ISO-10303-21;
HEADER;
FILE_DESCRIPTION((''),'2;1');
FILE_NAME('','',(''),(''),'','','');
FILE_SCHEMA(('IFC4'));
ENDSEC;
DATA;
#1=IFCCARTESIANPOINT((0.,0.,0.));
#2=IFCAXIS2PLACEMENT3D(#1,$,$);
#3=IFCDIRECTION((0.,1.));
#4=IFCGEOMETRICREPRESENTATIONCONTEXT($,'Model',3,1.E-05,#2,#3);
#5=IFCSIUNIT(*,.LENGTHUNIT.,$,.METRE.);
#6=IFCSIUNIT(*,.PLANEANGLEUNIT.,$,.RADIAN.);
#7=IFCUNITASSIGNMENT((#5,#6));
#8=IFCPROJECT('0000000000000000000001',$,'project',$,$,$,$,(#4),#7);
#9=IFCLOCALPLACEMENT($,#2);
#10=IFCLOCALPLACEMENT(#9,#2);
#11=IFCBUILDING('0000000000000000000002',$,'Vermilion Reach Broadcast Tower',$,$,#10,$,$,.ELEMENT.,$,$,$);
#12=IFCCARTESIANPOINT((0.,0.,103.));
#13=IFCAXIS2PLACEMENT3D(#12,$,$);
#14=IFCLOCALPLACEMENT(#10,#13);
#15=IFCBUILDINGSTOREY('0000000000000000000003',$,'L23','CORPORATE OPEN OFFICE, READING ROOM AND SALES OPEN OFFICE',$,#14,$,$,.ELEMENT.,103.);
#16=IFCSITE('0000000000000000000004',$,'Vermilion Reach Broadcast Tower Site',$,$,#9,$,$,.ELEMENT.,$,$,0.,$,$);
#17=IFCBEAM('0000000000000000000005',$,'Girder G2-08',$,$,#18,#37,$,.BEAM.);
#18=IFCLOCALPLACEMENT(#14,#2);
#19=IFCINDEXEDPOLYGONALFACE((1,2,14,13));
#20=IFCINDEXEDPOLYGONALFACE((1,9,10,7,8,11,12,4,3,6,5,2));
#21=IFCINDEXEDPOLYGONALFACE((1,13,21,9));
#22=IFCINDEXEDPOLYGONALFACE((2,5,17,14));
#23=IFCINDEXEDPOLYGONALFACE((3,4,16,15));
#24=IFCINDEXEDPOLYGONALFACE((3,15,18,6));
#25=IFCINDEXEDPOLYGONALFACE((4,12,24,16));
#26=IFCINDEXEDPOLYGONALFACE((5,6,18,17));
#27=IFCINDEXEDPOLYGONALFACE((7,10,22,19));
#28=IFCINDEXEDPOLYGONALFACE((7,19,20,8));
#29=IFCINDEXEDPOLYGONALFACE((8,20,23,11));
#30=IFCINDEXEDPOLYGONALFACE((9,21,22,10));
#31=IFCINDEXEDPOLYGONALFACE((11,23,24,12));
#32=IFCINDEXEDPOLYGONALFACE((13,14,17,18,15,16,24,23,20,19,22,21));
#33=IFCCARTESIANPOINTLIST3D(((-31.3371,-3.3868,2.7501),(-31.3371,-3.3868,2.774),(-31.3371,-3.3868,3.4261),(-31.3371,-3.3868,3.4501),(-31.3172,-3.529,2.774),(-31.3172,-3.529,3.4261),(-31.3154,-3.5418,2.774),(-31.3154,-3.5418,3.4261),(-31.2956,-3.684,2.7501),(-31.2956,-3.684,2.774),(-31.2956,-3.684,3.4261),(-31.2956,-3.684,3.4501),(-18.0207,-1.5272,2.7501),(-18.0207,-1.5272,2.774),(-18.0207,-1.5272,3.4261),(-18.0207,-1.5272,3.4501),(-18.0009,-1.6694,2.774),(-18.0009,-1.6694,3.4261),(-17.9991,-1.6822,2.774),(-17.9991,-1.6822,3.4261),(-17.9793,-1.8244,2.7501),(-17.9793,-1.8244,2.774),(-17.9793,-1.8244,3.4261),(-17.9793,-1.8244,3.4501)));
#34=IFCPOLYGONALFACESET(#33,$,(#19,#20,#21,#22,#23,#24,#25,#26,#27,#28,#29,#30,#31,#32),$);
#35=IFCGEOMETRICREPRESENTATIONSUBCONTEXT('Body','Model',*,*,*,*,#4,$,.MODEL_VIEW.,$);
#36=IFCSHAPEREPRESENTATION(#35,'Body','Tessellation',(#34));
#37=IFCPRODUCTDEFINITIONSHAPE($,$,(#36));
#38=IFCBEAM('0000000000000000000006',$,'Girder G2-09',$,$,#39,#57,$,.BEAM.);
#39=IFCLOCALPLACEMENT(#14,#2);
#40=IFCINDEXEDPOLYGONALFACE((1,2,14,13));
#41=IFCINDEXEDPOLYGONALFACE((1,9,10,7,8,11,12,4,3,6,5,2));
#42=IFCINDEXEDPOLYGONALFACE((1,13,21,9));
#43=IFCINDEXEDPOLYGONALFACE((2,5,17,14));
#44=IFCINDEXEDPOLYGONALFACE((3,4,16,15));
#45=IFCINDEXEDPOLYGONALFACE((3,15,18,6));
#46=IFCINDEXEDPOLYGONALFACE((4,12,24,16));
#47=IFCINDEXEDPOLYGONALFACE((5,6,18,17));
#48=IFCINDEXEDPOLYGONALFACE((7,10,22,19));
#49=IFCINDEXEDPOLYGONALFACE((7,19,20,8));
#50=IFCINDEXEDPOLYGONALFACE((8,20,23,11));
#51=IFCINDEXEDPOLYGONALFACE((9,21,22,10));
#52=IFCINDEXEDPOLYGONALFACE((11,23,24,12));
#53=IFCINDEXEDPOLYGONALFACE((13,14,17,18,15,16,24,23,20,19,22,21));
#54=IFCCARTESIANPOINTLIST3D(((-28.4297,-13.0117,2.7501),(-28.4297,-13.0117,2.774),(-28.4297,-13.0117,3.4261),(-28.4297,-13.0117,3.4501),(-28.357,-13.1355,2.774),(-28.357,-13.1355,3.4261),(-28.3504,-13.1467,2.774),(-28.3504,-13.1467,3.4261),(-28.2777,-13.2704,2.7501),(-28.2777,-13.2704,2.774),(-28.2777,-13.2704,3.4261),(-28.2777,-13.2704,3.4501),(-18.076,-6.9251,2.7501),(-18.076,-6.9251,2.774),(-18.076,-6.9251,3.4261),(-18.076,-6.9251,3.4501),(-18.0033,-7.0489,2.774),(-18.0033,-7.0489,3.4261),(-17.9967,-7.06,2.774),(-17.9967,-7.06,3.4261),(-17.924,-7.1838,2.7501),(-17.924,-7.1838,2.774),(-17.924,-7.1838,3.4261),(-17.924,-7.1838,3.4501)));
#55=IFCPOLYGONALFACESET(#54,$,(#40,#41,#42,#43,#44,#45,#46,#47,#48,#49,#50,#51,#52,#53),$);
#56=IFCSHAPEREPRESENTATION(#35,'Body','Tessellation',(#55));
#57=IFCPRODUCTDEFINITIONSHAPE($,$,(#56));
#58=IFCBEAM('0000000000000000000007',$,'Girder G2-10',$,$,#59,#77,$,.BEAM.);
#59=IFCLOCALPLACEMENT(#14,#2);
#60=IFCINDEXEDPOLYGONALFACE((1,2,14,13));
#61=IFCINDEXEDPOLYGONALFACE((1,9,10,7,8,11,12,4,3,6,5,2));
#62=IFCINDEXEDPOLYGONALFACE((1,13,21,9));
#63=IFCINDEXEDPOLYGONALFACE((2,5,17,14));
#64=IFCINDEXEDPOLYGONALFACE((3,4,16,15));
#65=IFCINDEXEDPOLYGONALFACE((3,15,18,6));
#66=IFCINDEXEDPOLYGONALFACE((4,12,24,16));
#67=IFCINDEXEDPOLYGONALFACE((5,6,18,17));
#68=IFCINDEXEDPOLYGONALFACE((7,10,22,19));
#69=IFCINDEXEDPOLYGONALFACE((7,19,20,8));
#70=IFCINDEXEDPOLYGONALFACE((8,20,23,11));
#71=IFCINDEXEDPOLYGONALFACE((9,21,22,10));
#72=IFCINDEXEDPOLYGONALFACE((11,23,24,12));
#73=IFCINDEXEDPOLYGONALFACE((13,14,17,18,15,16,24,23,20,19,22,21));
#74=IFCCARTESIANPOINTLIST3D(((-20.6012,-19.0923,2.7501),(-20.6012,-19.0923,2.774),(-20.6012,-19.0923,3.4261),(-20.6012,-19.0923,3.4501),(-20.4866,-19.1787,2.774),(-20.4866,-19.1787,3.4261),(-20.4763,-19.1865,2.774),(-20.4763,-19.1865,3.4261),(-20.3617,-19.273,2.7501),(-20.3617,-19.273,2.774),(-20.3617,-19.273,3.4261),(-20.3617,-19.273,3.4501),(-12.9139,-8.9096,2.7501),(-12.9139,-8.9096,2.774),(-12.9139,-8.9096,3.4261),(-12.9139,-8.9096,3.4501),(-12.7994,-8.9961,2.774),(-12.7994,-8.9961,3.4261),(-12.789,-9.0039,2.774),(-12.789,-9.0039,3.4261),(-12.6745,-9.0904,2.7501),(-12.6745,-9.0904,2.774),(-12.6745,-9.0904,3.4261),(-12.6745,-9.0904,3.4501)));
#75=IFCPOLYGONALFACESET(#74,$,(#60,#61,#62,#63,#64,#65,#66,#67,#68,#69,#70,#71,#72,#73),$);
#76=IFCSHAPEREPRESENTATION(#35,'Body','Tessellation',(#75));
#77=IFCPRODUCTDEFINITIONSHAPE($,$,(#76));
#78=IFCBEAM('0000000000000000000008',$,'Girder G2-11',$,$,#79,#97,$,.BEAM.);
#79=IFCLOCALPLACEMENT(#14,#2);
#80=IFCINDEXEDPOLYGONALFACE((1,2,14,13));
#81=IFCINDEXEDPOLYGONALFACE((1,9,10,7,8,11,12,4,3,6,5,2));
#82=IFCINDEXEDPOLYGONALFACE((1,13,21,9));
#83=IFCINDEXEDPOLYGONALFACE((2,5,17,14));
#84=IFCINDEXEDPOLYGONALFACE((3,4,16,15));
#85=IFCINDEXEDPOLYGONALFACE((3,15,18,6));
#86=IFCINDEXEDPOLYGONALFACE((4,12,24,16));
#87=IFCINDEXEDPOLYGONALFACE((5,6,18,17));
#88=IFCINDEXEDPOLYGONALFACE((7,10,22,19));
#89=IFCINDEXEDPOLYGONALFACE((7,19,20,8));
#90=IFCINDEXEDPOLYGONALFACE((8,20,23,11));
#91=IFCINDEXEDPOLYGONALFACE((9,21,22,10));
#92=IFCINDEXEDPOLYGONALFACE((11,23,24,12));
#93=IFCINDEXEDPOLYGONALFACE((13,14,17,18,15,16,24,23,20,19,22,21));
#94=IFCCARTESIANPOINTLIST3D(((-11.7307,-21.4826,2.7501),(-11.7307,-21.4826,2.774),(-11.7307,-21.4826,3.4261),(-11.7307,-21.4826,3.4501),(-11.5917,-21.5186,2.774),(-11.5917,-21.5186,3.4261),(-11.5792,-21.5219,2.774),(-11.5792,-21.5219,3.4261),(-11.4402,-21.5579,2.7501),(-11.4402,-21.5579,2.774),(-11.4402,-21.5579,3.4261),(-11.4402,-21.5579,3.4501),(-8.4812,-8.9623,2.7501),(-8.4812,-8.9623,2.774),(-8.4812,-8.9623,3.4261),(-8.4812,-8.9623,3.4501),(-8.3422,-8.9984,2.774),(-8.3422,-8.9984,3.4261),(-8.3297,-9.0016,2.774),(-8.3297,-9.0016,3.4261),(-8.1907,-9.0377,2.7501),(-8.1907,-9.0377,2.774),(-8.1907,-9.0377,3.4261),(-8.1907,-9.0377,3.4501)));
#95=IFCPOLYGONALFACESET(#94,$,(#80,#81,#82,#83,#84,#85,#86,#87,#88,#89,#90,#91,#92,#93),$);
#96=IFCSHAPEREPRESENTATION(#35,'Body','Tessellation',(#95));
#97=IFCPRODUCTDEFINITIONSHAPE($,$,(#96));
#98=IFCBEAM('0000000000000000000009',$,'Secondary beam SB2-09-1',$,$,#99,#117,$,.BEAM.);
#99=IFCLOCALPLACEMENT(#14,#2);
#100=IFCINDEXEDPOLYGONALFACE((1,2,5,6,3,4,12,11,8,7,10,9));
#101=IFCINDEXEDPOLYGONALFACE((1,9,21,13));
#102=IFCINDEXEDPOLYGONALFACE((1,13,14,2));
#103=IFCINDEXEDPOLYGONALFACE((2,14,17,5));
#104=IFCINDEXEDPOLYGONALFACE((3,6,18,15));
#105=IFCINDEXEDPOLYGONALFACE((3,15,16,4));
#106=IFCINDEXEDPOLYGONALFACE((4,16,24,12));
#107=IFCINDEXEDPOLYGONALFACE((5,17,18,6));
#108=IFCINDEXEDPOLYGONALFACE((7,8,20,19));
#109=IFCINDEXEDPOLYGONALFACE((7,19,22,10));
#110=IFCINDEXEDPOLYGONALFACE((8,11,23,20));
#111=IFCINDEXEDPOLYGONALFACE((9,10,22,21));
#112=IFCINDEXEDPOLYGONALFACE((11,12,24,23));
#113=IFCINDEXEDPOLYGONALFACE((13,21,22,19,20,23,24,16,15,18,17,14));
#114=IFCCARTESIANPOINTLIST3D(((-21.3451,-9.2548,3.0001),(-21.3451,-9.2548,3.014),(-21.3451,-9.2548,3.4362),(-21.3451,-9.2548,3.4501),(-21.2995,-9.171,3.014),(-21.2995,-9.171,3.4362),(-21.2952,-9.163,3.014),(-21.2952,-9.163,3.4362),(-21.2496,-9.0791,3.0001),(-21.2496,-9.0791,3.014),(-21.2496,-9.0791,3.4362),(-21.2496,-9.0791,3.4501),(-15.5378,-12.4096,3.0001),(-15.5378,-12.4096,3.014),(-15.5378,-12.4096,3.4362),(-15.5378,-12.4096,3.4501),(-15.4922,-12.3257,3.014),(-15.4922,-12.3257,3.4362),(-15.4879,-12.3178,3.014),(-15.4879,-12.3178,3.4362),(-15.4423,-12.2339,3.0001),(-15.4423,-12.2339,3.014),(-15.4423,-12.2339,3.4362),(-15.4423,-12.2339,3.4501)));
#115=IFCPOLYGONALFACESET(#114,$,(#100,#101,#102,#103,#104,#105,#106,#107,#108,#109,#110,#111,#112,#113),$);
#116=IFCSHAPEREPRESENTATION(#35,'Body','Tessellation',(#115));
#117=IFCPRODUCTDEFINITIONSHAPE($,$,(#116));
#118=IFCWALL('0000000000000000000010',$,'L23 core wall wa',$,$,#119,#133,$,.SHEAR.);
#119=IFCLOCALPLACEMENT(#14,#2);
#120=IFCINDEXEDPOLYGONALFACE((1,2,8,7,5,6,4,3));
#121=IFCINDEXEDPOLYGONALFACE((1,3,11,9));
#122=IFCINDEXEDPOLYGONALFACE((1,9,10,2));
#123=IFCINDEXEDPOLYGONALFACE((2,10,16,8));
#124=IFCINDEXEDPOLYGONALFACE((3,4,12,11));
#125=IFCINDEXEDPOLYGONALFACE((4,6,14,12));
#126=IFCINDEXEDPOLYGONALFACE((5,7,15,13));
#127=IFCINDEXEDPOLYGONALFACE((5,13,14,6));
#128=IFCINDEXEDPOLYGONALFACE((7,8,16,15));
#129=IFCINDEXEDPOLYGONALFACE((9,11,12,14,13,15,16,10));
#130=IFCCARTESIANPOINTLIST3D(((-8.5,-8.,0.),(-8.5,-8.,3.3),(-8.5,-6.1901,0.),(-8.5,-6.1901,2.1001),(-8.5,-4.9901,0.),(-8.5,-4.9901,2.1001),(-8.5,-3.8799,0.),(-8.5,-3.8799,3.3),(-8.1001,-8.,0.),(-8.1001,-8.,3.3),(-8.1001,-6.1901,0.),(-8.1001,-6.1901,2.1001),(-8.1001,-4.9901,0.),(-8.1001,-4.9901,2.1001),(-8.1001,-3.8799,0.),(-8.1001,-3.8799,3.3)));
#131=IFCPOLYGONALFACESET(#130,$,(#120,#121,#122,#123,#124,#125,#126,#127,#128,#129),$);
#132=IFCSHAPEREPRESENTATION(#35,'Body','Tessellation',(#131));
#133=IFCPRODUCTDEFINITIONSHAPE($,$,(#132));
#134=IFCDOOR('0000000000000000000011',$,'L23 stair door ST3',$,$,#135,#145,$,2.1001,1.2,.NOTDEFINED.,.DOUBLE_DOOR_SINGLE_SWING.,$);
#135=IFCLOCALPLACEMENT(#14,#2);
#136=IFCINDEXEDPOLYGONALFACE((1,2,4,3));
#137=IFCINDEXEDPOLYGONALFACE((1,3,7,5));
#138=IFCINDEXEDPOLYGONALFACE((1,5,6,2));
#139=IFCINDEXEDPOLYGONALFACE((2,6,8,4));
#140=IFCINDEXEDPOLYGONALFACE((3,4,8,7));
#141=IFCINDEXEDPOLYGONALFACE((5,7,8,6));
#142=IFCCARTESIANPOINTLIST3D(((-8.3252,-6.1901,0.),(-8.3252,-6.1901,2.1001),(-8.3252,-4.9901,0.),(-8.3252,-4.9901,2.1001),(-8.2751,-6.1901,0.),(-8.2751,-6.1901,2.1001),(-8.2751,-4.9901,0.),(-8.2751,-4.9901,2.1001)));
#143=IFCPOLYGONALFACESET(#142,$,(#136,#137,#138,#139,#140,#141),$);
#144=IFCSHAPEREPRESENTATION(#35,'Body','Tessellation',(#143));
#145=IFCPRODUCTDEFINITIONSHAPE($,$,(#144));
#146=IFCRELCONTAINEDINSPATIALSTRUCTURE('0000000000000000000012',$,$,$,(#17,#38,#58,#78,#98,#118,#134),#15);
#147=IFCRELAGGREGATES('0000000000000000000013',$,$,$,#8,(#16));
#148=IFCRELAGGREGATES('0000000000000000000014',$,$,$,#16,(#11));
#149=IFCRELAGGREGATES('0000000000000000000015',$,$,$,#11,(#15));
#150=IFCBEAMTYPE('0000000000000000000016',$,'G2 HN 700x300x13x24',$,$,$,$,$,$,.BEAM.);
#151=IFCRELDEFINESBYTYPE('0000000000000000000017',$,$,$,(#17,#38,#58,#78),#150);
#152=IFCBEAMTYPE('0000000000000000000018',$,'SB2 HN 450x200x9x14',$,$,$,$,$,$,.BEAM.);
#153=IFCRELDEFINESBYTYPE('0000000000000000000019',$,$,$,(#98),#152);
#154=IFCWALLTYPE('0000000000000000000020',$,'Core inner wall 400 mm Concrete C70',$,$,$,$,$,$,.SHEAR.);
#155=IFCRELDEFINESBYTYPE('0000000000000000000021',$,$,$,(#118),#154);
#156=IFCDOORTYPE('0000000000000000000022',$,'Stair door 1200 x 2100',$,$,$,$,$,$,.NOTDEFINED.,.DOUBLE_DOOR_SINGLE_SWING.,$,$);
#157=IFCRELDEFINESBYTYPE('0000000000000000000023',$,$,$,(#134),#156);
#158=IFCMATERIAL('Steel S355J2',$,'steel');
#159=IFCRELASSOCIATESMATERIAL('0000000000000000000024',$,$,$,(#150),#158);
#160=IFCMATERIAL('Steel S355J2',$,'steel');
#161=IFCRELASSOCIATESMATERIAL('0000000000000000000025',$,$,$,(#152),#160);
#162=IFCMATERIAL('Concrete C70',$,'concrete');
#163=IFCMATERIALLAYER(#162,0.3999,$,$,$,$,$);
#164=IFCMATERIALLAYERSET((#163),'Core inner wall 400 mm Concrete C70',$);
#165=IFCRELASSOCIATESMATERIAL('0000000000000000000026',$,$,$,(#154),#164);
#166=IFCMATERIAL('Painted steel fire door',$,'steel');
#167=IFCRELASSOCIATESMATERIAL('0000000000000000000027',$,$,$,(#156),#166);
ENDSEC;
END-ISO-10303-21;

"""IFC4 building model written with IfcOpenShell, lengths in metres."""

from ifc_helpers import new_model, si_unit, direction, frame, frame_2d, origin, origin_2d, place, context, subcontext, project, spatial, rectangle, i_section, extrude, material, layer, layer_set, material_profile, profile_set, type_object, element, fill, save


model = new_model("IFC4")

# Units and contexts
model_context = context("Model", 3, precision=1e-05, world=origin(), true_north=direction((0.0, 1.0)))
body_context = subcontext(model_context, "Body", "Model", "MODEL_VIEW")
ifc_project = project(units=[si_unit("LENGTHUNIT", "METRE"), si_unit("PLANEANGLEUNIT", "RADIAN")], contexts=[model_context])

# Site, building, storey
site_placement = place(None, origin())
site = spatial("IfcSite", under=ifc_project, at=site_placement, Name="Vermilion Reach Broadcast Tower Site", CompositionType="ELEMENT", RefElevation=0.0)
building_placement = place(site_placement, origin())
building = spatial("IfcBuilding", under=site, at=building_placement, Name="Vermilion Reach Broadcast Tower", CompositionType="ELEMENT")
storey_placement = place(building_placement, frame((0.0, 0.0, 103.0)))
storey = spatial("IfcBuildingStorey", under=building, at=storey_placement, Name="L23", Description="CORPORATE OPEN OFFICE, READING ROOM AND SALES OPEN OFFICE", CompositionType="ELEMENT", Elevation=103.0)

# Beams
ifc_material_1 = material(Name="Steel S355J2", Category="steel")
ifc_material_profile_1 = material_profile(ifc_material_1, i_section(OverallWidth=0.3, OverallDepth=0.7, WebThickness=0.0129, FlangeThickness=0.0239, at=origin_2d()), Name="S355J2 HN 700x300x13x24")
ifc_profile_set_1 = profile_set([ifc_material_profile_1], Name="Steel S355J2")
beam_type_1 = type_object("IfcBeamType", Name="G2 HN 700x300x13x24", PredefinedType="BEAM", material=ifc_profile_set_1)
beam_1_placement = place(storey_placement, frame((-18.0, -1.6758, 3.1001), z_axis=(-0.990389, -0.138307, 0.0), x_axis=(0.138307, -0.990389, 0.0)))
element("IfcBeam", 1, at=beam_1_placement, inside=storey, type_object=beam_type_1, Name="Girder G2-08", PredefinedType="BEAM", context=body_context, shape_type="SweptSolid", body=[
    extrude(i_section(OverallWidth=0.3, OverallDepth=0.7, WebThickness=0.0129, FlangeThickness=0.0239, at=origin_2d()), origin(), (0.0, 0.0, 1.0), 13.4456),
])
beam_2_placement = place(storey_placement, frame((-18.0, -7.0544, 3.1001), z_axis=(-0.862072, -0.506786, 0.0), x_axis=(0.506786, -0.862072, 0.0)))
element("IfcBeam", 2, at=beam_2_placement, inside=storey, type_object=beam_type_1, Name="Girder G2-09", PredefinedType="BEAM", context=body_context, shape_type="SweptSolid", body=[
    extrude(i_section(OverallWidth=0.3, OverallDepth=0.7, WebThickness=0.0129, FlangeThickness=0.0239, at=origin_2d()), origin(), (0.0, 0.0, 1.0), 12.0103),
])
beam_3_placement = place(storey_placement, frame((-12.7942, -9.0, 3.1001), z_axis=(-0.60252, -0.798104, 0.0), x_axis=(0.798104, -0.60252, 0.0)))
element("IfcBeam", 3, at=beam_3_placement, inside=storey, type_object=beam_type_1, Name="Girder G2-10", PredefinedType="BEAM", context=body_context, shape_type="SweptSolid", body=[
    extrude(i_section(OverallWidth=0.3, OverallDepth=0.7, WebThickness=0.0129, FlangeThickness=0.0239, at=origin_2d()), origin(), (0.0, 0.0, 1.0), 12.7585),
])
beam_4_placement = place(storey_placement, frame((-8.3359, -9.0, 3.1001), z_axis=(-0.251217, -0.967931, 0.0), x_axis=(0.967931, -0.251217, 0.0)))
element("IfcBeam", 4, at=beam_4_placement, inside=storey, type_object=beam_type_1, Name="Girder G2-11", PredefinedType="BEAM", context=body_context, shape_type="SweptSolid", body=[
    extrude(i_section(OverallWidth=0.3, OverallDepth=0.7, WebThickness=0.0129, FlangeThickness=0.0239, at=origin_2d()), origin(), (0.0, 0.0, 1.0), 12.9351),
])
ifc_material_2 = material(Name="Steel S355J2", Category="steel")
ifc_material_profile_2 = material_profile(ifc_material_2, i_section(OverallWidth=0.2, OverallDepth=0.45, WebThickness=0.009, FlangeThickness=0.0139, at=origin_2d()), Name="S355J2 HN 450x200x9x14")
ifc_profile_set_2 = profile_set([ifc_material_profile_2], Name="Steel S355J2")
beam_type_2 = type_object("IfcBeamType", Name="SB2 HN 450x200x9x14", PredefinedType="BEAM", material=ifc_profile_set_2)
beam_5_placement = place(storey_placement, frame((-21.2974, -9.167, 3.2251), z_axis=(0.878713, -0.47735, 0.0), x_axis=(0.47735, 0.878713, 0.0)))
element("IfcBeam", 5, at=beam_5_placement, inside=storey, type_object=beam_type_2, Name="Secondary beam SB2-09-1", PredefinedType="BEAM", context=body_context, shape_type="SweptSolid", body=[
    extrude(i_section(OverallWidth=0.2, OverallDepth=0.45, WebThickness=0.009, FlangeThickness=0.0139, at=origin_2d()), origin(), (0.0, 0.0, 1.0), 6.6089),
])

# Wall, opening, door
ifc_material_3 = material(Name="Concrete C70", Category="concrete")
ifc_layer_1 = layer(ifc_material_3, 0.3999)
ifc_layer_set_1 = layer_set([ifc_layer_1], Name="Core inner wall 400 mm Concrete C70")
wall_type_1 = type_object("IfcWallType", Name="Core inner wall 400 mm Concrete C70", PredefinedType="SHEAR", material=ifc_layer_set_1)
wall_1_placement = place(storey_placement, frame((-8.3, -3.8799, 0.0), z_axis=(0.0, 0.0, 1.0), x_axis=(0.0, -1.0, 0.0)))
wall_1 = element("IfcWall", 6, at=wall_1_placement, inside=storey, type_object=wall_type_1, Name="L23 core wall wa", PredefinedType="SHEAR", context=body_context, shape_type="SweptSolid", body=[
    extrude(rectangle(XDim=4.1201, YDim=0.3999, at=frame_2d((2.0601, 0.0))), origin(), (0.0, 0.0, 1.0), 3.3),
])
opening_1_placement = place(wall_1_placement, frame((1.1101, 0.0, 0.0)))
opening_1 = element("IfcOpeningElement", 7, at=opening_1_placement, cuts=wall_1, PredefinedType="OPENING", context=body_context, shape_type="SweptSolid", body=[
    extrude(rectangle(XDim=1.2, YDim=2.1001, at=frame_2d((0.6001, 1.05))), frame((0.0, 0.21, 0.0), z_axis=(0.0, -1.0, 0.0), x_axis=(1.0, 0.0, 0.0)), (0.0, 0.0, 1.0), 0.4199),
])
ifc_material_4 = material(Name="Painted steel fire door", Category="steel")
door_type_1 = type_object("IfcDoorType", Name="Stair door 1200 x 2100", OperationType="DOUBLE_DOOR_SINGLE_SWING", PredefinedType="NOTDEFINED", material=ifc_material_4)
door_1_placement = place(opening_1_placement, origin())
door_1 = element("IfcDoor", 8, at=door_1_placement, inside=storey, type_object=door_type_1, Name="L23 stair door ST3", OperationType="DOUBLE_DOOR_SINGLE_SWING", OverallHeight=2.1001, OverallWidth=1.2, PredefinedType="NOTDEFINED", context=body_context, shape_type="SweptSolid", body=[
    extrude(rectangle(XDim=1.2, YDim=2.1001, at=frame_2d((0.6001, 1.05))), frame((0.0, 0.0249, 0.0), z_axis=(0.0, -1.0, 0.0), x_axis=(1.0, 0.0, 0.0)), (0.0, 0.0, 1.0), 0.05),
])
fill(opening_1, door_1)

save(model, "model.ifc")
